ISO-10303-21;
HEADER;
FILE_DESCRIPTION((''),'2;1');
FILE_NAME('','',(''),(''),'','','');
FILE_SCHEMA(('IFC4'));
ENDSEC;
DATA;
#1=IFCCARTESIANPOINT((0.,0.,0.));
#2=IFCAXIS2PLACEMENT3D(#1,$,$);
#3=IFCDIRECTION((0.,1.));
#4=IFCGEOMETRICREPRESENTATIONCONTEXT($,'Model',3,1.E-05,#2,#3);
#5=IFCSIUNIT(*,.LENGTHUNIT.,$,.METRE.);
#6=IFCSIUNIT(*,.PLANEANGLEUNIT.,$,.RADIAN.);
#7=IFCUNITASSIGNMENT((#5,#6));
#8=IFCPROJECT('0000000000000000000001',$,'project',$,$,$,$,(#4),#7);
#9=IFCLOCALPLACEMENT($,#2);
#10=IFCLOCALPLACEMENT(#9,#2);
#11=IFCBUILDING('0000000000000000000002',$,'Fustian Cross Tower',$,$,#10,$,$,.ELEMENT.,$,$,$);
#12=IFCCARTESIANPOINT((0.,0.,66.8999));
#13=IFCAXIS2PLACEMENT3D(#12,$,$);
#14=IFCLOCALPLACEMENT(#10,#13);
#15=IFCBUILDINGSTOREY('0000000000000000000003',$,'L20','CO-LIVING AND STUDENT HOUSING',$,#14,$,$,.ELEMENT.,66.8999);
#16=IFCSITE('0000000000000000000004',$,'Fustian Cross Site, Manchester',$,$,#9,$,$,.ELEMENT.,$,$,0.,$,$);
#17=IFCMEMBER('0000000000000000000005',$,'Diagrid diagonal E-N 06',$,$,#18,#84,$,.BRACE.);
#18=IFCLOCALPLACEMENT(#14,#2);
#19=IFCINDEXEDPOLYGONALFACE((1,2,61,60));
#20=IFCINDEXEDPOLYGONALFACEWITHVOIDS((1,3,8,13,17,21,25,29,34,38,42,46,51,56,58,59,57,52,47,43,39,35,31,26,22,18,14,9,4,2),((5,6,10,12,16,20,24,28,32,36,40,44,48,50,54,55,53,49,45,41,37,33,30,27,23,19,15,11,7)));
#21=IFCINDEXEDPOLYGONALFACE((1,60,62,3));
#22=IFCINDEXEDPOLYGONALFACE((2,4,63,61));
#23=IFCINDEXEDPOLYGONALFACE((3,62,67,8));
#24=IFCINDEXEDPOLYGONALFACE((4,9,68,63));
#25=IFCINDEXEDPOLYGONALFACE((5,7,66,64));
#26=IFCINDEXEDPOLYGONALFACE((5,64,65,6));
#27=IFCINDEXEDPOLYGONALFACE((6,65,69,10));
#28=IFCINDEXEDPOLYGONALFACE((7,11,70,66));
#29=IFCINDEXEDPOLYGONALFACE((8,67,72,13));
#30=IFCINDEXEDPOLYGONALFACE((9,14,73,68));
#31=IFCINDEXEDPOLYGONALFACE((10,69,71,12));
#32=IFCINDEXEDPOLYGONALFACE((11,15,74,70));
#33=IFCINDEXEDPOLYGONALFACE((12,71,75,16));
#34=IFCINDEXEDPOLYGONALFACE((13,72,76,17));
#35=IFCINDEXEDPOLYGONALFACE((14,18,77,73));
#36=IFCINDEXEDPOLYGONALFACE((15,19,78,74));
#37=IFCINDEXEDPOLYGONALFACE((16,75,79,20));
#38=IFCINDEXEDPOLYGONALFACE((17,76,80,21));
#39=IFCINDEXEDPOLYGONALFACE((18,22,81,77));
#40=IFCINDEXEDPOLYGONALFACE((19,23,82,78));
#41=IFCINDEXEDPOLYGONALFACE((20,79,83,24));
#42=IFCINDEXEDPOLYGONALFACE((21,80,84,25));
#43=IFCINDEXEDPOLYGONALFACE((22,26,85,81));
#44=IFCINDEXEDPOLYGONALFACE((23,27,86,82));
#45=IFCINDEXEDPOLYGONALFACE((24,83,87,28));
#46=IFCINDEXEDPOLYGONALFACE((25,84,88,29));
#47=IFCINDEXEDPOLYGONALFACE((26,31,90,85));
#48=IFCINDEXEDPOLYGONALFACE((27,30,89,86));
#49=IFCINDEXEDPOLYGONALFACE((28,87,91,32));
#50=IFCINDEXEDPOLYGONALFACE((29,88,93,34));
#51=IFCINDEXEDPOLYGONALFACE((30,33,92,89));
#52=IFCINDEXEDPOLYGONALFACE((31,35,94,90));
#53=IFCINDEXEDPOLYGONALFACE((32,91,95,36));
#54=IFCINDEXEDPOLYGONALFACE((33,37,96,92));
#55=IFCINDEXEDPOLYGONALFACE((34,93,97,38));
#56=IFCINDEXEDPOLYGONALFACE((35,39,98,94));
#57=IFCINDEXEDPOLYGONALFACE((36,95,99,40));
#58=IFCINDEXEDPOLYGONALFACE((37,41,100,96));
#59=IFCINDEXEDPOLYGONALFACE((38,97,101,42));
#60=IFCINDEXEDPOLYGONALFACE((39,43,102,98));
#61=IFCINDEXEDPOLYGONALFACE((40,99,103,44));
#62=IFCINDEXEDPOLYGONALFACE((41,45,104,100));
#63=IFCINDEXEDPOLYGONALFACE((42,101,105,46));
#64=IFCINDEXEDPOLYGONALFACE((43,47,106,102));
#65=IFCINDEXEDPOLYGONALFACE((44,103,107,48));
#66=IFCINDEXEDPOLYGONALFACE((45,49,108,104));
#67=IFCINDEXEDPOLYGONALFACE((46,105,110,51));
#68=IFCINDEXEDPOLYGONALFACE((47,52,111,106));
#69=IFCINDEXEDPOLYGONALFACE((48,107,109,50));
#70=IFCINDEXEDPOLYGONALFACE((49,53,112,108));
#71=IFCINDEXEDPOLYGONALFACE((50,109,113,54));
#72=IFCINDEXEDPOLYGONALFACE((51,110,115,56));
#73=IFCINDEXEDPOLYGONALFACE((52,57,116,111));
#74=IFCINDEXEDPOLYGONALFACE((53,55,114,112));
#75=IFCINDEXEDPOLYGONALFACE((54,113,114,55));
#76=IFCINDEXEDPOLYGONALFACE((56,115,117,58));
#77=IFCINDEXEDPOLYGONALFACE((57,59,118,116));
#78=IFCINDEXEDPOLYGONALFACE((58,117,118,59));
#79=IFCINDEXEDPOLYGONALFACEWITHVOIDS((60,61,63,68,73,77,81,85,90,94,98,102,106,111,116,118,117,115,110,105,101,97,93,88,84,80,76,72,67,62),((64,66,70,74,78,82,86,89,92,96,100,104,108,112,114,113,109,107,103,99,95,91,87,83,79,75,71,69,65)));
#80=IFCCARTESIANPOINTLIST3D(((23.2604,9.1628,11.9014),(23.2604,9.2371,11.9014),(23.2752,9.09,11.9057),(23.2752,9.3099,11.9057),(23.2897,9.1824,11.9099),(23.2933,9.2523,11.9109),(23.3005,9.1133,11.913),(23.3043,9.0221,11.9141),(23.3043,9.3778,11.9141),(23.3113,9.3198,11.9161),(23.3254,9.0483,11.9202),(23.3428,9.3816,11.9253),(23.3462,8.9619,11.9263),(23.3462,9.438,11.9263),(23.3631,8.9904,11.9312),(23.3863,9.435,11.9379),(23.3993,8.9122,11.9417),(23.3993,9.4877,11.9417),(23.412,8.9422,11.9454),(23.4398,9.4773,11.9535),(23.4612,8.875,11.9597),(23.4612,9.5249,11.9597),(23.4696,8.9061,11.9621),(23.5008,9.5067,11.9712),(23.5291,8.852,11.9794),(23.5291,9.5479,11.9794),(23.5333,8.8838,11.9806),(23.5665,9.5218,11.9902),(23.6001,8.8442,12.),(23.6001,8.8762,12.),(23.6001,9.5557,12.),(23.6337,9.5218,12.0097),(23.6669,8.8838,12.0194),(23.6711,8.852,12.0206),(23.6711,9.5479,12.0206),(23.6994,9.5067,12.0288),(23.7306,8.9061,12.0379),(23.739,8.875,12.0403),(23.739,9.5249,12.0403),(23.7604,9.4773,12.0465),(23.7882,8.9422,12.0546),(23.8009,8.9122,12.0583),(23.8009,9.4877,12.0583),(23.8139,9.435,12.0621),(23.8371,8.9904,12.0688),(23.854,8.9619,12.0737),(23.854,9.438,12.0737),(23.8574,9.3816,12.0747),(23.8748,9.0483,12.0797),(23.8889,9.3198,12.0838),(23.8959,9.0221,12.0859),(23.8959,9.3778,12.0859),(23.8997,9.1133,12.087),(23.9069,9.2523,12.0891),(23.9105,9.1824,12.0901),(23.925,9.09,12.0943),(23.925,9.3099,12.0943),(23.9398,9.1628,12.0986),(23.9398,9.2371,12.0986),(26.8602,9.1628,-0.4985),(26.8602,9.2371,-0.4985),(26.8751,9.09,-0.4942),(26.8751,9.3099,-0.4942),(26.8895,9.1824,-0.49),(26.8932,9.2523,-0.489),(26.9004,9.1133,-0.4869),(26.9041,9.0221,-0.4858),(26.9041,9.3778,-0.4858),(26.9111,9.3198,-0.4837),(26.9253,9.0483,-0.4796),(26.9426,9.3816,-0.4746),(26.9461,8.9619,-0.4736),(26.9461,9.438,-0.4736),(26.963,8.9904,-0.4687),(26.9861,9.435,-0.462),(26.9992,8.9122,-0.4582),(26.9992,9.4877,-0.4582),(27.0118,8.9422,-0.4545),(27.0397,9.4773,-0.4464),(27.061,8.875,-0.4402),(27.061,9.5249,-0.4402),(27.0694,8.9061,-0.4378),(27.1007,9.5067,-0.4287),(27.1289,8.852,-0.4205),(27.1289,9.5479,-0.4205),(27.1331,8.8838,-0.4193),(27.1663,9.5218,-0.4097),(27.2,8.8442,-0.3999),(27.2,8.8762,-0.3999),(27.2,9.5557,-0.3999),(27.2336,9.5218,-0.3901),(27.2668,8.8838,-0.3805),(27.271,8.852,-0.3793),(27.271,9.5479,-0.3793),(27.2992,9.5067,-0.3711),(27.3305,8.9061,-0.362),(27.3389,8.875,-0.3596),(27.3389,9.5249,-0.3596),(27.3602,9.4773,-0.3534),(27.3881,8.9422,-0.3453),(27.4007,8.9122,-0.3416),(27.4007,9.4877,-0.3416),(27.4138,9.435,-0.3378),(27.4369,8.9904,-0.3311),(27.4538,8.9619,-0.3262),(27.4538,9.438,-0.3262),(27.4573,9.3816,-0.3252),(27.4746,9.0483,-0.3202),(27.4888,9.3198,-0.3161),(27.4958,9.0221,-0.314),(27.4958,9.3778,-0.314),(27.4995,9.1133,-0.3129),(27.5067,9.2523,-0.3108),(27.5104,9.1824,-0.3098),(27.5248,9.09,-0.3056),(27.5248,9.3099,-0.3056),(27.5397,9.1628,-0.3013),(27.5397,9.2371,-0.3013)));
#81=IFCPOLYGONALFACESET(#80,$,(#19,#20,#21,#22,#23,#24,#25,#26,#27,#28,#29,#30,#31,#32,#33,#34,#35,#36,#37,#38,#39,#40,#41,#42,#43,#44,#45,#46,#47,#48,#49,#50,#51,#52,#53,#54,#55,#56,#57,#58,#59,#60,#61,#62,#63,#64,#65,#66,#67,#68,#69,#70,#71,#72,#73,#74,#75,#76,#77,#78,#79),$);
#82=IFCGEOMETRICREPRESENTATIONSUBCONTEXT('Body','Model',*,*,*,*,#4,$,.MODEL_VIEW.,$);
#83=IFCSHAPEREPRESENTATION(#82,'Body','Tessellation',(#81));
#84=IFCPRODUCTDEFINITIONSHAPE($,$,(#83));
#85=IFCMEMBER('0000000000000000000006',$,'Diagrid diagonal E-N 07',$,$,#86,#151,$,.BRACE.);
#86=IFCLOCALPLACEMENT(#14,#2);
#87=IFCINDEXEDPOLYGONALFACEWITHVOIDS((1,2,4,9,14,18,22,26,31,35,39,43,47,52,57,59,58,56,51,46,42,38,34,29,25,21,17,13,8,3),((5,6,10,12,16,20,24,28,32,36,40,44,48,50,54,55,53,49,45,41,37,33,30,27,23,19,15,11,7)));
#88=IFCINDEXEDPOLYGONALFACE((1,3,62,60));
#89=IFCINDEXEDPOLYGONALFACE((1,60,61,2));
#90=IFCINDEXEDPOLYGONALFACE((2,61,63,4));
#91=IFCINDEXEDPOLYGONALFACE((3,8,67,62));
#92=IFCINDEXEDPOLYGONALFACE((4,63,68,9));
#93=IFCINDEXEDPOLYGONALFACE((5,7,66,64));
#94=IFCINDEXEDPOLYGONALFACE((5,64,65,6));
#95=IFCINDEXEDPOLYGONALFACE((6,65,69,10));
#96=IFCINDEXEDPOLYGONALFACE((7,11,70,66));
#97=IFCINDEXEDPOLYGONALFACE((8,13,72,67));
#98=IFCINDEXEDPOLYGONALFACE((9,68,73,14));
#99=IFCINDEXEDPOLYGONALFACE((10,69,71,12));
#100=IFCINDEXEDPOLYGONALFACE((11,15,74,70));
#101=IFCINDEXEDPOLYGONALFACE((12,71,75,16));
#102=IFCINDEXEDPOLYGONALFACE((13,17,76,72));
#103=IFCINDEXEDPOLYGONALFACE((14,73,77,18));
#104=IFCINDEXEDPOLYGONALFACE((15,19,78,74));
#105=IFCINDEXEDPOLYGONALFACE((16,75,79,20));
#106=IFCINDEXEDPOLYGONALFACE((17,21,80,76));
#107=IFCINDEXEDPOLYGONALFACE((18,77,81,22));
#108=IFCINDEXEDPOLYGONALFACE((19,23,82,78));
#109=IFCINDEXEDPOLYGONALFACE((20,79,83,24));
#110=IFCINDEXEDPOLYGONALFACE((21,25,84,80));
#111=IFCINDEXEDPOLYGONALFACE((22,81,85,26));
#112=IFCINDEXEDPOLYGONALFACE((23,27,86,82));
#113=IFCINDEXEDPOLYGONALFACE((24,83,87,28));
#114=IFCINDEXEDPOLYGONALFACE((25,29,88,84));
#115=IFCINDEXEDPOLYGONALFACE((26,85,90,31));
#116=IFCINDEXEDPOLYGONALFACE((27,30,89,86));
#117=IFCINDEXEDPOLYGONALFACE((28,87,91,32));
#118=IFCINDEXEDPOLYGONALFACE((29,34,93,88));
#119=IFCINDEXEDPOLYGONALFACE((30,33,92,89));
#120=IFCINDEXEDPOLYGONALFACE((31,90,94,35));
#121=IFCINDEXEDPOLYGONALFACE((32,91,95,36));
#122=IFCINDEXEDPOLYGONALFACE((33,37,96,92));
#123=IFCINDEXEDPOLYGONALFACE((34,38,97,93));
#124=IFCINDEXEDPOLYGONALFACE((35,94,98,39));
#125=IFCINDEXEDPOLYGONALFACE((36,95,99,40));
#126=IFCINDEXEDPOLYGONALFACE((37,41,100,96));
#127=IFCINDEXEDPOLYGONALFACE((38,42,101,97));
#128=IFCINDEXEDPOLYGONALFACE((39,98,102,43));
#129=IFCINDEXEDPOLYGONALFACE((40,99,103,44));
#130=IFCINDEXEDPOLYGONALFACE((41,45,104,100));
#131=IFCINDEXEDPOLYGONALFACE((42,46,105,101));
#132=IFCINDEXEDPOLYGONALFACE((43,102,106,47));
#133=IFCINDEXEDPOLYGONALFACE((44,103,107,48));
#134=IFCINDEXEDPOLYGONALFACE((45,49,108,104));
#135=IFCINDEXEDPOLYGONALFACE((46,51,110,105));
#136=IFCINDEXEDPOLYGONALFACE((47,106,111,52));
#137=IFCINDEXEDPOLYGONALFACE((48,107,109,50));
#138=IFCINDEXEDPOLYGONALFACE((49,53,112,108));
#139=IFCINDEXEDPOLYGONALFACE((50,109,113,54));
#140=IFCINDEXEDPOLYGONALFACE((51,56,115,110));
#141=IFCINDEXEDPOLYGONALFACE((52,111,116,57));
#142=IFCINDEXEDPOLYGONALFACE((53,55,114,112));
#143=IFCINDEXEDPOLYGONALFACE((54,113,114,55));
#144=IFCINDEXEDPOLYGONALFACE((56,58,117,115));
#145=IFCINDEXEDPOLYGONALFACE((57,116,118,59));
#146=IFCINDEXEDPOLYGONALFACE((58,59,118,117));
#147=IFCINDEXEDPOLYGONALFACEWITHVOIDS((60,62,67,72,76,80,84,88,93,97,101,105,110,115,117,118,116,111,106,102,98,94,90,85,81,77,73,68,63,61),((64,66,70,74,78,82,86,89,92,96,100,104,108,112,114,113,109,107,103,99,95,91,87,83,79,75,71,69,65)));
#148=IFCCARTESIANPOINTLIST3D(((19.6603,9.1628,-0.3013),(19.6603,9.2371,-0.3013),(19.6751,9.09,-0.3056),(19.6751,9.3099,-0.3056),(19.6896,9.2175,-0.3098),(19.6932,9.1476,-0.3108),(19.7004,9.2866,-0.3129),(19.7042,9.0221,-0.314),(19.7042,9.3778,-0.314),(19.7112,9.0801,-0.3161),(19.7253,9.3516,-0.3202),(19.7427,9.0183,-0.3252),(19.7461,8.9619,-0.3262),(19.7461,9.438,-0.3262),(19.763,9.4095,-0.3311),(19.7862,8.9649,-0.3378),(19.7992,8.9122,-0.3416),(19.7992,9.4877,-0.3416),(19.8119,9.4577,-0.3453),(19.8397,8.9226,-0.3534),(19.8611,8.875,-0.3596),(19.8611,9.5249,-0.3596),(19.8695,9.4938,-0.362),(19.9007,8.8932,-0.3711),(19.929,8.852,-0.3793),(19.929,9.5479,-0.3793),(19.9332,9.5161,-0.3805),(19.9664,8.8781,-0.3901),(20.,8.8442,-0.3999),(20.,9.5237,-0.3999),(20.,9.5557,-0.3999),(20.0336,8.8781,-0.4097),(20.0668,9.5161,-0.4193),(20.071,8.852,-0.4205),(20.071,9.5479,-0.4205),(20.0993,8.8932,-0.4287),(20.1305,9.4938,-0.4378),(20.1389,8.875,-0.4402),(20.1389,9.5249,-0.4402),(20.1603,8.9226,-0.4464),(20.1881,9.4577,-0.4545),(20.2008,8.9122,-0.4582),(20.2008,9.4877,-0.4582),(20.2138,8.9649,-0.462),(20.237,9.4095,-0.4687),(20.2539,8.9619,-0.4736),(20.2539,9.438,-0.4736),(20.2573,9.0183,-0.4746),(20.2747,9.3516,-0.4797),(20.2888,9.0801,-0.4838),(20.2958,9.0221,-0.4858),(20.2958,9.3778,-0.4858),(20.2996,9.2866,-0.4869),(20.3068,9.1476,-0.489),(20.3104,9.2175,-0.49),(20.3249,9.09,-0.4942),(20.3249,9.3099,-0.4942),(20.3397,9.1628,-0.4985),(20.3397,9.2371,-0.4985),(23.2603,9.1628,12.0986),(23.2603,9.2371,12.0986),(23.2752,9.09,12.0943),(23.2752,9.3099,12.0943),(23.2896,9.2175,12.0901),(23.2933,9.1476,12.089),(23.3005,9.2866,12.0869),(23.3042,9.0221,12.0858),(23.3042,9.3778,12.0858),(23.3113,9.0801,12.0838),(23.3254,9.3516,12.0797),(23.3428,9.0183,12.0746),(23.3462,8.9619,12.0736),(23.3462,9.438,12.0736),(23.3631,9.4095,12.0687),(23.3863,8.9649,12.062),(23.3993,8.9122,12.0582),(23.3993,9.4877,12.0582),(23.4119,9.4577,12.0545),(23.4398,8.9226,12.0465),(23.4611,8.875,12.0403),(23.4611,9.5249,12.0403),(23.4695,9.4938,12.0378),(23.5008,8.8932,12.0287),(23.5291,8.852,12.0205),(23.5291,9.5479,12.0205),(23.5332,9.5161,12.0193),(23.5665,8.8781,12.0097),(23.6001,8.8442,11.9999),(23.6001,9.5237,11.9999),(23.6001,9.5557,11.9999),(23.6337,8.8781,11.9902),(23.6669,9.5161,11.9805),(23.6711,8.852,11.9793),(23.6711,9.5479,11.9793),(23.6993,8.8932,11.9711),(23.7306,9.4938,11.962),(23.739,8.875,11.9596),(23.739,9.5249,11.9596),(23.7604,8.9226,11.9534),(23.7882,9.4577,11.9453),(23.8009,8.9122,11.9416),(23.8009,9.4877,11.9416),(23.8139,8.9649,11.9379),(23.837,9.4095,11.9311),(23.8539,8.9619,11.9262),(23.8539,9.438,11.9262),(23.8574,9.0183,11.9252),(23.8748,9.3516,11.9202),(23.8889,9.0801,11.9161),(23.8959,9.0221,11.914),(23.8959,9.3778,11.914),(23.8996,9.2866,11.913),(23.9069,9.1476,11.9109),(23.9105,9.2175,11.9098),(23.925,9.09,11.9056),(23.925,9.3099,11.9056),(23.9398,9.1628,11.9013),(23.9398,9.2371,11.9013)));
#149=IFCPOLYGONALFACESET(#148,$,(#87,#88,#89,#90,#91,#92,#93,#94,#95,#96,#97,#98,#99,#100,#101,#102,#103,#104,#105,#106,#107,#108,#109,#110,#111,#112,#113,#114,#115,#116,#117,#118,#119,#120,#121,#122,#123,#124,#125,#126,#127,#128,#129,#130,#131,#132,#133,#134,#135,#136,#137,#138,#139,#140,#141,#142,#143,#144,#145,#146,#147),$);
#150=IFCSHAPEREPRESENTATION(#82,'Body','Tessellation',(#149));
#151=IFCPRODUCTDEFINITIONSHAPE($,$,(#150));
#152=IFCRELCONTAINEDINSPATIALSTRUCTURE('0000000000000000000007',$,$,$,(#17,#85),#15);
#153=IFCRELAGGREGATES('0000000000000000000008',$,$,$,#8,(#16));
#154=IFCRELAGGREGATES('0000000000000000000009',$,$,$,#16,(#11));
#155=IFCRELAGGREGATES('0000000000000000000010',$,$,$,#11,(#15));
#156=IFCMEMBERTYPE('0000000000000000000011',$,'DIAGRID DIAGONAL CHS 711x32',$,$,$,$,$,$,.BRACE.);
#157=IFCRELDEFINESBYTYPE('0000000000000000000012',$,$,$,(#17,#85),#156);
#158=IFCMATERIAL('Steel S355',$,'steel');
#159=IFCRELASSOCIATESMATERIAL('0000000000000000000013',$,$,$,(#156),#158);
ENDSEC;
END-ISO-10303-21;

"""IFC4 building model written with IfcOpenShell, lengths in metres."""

from ifc_helpers import new_model, si_unit, direction, frame, origin, origin_2d, place, context, subcontext, project, spatial, hollow_circle, extrude, material, material_profile, profile_set, type_object, element, save


model = new_model("IFC4")

# Units and contexts
model_context = context("Model", 3, precision=1e-05, world=origin(), true_north=direction((0.0, 1.0)))
body_context = subcontext(model_context, "Body", "Model", "MODEL_VIEW")
ifc_project = project(units=[si_unit("LENGTHUNIT", "METRE"), si_unit("PLANEANGLEUNIT", "RADIAN")], contexts=[model_context])

# Site, building, storey
site_placement = place(None, origin())
site = spatial("IfcSite", under=ifc_project, at=site_placement, Name="Fustian Cross Site, Manchester", CompositionType="ELEMENT", RefElevation=0.0)
building_placement = place(site_placement, origin())
building = spatial("IfcBuilding", under=site, at=building_placement, Name="Fustian Cross Tower", CompositionType="ELEMENT")
storey_placement = place(building_placement, frame((0.0, 0.0, 66.8999)))
storey = spatial("IfcBuildingStorey", under=building, at=storey_placement, Name="L20", Description="CO-LIVING AND STUDENT HOUSING", CompositionType="ELEMENT", Elevation=66.8999)

# Members
ifc_material_1 = material(Name="Steel S355", Category="steel")
ifc_material_profile_1 = material_profile(ifc_material_1, hollow_circle(Radius=0.3557, WallThickness=0.032, at=origin_2d()), Name="CHS 711x32")
ifc_profile_set_1 = profile_set([ifc_material_profile_1], Name="Steel S355")
member_type_1 = type_object("IfcMemberType", Name="DIAGRID DIAGONAL CHS 711x32", PredefinedType="BRACE", material=ifc_profile_set_1)
for number, where, z_axis, x_axis, name in (
    (1, (27.2, 9.2, -0.3999), (-0.278802, 0.0, 0.960349), (0.0, -1.0, 0.0), "Diagrid diagonal E-N 06"),
    (2, (20.0, 9.2, -0.3999), (0.278819, 0.0, 0.960344), (0.0, 1.0, 0.0), "Diagrid diagonal E-N 07"),
):
    element("IfcMember", number, at=place(storey_placement, frame(where, z_axis=z_axis, x_axis=x_axis)), inside=storey, type_object=member_type_1, Name=name, PredefinedType="BRACE", context=body_context, shape_type="SweptSolid", body=[
        extrude(hollow_circle(Radius=0.3557, WallThickness=0.032, at=origin_2d()), origin(), (0.0, 0.0, 1.0), 12.9119),
    ])

save(model, "model.ifc")
